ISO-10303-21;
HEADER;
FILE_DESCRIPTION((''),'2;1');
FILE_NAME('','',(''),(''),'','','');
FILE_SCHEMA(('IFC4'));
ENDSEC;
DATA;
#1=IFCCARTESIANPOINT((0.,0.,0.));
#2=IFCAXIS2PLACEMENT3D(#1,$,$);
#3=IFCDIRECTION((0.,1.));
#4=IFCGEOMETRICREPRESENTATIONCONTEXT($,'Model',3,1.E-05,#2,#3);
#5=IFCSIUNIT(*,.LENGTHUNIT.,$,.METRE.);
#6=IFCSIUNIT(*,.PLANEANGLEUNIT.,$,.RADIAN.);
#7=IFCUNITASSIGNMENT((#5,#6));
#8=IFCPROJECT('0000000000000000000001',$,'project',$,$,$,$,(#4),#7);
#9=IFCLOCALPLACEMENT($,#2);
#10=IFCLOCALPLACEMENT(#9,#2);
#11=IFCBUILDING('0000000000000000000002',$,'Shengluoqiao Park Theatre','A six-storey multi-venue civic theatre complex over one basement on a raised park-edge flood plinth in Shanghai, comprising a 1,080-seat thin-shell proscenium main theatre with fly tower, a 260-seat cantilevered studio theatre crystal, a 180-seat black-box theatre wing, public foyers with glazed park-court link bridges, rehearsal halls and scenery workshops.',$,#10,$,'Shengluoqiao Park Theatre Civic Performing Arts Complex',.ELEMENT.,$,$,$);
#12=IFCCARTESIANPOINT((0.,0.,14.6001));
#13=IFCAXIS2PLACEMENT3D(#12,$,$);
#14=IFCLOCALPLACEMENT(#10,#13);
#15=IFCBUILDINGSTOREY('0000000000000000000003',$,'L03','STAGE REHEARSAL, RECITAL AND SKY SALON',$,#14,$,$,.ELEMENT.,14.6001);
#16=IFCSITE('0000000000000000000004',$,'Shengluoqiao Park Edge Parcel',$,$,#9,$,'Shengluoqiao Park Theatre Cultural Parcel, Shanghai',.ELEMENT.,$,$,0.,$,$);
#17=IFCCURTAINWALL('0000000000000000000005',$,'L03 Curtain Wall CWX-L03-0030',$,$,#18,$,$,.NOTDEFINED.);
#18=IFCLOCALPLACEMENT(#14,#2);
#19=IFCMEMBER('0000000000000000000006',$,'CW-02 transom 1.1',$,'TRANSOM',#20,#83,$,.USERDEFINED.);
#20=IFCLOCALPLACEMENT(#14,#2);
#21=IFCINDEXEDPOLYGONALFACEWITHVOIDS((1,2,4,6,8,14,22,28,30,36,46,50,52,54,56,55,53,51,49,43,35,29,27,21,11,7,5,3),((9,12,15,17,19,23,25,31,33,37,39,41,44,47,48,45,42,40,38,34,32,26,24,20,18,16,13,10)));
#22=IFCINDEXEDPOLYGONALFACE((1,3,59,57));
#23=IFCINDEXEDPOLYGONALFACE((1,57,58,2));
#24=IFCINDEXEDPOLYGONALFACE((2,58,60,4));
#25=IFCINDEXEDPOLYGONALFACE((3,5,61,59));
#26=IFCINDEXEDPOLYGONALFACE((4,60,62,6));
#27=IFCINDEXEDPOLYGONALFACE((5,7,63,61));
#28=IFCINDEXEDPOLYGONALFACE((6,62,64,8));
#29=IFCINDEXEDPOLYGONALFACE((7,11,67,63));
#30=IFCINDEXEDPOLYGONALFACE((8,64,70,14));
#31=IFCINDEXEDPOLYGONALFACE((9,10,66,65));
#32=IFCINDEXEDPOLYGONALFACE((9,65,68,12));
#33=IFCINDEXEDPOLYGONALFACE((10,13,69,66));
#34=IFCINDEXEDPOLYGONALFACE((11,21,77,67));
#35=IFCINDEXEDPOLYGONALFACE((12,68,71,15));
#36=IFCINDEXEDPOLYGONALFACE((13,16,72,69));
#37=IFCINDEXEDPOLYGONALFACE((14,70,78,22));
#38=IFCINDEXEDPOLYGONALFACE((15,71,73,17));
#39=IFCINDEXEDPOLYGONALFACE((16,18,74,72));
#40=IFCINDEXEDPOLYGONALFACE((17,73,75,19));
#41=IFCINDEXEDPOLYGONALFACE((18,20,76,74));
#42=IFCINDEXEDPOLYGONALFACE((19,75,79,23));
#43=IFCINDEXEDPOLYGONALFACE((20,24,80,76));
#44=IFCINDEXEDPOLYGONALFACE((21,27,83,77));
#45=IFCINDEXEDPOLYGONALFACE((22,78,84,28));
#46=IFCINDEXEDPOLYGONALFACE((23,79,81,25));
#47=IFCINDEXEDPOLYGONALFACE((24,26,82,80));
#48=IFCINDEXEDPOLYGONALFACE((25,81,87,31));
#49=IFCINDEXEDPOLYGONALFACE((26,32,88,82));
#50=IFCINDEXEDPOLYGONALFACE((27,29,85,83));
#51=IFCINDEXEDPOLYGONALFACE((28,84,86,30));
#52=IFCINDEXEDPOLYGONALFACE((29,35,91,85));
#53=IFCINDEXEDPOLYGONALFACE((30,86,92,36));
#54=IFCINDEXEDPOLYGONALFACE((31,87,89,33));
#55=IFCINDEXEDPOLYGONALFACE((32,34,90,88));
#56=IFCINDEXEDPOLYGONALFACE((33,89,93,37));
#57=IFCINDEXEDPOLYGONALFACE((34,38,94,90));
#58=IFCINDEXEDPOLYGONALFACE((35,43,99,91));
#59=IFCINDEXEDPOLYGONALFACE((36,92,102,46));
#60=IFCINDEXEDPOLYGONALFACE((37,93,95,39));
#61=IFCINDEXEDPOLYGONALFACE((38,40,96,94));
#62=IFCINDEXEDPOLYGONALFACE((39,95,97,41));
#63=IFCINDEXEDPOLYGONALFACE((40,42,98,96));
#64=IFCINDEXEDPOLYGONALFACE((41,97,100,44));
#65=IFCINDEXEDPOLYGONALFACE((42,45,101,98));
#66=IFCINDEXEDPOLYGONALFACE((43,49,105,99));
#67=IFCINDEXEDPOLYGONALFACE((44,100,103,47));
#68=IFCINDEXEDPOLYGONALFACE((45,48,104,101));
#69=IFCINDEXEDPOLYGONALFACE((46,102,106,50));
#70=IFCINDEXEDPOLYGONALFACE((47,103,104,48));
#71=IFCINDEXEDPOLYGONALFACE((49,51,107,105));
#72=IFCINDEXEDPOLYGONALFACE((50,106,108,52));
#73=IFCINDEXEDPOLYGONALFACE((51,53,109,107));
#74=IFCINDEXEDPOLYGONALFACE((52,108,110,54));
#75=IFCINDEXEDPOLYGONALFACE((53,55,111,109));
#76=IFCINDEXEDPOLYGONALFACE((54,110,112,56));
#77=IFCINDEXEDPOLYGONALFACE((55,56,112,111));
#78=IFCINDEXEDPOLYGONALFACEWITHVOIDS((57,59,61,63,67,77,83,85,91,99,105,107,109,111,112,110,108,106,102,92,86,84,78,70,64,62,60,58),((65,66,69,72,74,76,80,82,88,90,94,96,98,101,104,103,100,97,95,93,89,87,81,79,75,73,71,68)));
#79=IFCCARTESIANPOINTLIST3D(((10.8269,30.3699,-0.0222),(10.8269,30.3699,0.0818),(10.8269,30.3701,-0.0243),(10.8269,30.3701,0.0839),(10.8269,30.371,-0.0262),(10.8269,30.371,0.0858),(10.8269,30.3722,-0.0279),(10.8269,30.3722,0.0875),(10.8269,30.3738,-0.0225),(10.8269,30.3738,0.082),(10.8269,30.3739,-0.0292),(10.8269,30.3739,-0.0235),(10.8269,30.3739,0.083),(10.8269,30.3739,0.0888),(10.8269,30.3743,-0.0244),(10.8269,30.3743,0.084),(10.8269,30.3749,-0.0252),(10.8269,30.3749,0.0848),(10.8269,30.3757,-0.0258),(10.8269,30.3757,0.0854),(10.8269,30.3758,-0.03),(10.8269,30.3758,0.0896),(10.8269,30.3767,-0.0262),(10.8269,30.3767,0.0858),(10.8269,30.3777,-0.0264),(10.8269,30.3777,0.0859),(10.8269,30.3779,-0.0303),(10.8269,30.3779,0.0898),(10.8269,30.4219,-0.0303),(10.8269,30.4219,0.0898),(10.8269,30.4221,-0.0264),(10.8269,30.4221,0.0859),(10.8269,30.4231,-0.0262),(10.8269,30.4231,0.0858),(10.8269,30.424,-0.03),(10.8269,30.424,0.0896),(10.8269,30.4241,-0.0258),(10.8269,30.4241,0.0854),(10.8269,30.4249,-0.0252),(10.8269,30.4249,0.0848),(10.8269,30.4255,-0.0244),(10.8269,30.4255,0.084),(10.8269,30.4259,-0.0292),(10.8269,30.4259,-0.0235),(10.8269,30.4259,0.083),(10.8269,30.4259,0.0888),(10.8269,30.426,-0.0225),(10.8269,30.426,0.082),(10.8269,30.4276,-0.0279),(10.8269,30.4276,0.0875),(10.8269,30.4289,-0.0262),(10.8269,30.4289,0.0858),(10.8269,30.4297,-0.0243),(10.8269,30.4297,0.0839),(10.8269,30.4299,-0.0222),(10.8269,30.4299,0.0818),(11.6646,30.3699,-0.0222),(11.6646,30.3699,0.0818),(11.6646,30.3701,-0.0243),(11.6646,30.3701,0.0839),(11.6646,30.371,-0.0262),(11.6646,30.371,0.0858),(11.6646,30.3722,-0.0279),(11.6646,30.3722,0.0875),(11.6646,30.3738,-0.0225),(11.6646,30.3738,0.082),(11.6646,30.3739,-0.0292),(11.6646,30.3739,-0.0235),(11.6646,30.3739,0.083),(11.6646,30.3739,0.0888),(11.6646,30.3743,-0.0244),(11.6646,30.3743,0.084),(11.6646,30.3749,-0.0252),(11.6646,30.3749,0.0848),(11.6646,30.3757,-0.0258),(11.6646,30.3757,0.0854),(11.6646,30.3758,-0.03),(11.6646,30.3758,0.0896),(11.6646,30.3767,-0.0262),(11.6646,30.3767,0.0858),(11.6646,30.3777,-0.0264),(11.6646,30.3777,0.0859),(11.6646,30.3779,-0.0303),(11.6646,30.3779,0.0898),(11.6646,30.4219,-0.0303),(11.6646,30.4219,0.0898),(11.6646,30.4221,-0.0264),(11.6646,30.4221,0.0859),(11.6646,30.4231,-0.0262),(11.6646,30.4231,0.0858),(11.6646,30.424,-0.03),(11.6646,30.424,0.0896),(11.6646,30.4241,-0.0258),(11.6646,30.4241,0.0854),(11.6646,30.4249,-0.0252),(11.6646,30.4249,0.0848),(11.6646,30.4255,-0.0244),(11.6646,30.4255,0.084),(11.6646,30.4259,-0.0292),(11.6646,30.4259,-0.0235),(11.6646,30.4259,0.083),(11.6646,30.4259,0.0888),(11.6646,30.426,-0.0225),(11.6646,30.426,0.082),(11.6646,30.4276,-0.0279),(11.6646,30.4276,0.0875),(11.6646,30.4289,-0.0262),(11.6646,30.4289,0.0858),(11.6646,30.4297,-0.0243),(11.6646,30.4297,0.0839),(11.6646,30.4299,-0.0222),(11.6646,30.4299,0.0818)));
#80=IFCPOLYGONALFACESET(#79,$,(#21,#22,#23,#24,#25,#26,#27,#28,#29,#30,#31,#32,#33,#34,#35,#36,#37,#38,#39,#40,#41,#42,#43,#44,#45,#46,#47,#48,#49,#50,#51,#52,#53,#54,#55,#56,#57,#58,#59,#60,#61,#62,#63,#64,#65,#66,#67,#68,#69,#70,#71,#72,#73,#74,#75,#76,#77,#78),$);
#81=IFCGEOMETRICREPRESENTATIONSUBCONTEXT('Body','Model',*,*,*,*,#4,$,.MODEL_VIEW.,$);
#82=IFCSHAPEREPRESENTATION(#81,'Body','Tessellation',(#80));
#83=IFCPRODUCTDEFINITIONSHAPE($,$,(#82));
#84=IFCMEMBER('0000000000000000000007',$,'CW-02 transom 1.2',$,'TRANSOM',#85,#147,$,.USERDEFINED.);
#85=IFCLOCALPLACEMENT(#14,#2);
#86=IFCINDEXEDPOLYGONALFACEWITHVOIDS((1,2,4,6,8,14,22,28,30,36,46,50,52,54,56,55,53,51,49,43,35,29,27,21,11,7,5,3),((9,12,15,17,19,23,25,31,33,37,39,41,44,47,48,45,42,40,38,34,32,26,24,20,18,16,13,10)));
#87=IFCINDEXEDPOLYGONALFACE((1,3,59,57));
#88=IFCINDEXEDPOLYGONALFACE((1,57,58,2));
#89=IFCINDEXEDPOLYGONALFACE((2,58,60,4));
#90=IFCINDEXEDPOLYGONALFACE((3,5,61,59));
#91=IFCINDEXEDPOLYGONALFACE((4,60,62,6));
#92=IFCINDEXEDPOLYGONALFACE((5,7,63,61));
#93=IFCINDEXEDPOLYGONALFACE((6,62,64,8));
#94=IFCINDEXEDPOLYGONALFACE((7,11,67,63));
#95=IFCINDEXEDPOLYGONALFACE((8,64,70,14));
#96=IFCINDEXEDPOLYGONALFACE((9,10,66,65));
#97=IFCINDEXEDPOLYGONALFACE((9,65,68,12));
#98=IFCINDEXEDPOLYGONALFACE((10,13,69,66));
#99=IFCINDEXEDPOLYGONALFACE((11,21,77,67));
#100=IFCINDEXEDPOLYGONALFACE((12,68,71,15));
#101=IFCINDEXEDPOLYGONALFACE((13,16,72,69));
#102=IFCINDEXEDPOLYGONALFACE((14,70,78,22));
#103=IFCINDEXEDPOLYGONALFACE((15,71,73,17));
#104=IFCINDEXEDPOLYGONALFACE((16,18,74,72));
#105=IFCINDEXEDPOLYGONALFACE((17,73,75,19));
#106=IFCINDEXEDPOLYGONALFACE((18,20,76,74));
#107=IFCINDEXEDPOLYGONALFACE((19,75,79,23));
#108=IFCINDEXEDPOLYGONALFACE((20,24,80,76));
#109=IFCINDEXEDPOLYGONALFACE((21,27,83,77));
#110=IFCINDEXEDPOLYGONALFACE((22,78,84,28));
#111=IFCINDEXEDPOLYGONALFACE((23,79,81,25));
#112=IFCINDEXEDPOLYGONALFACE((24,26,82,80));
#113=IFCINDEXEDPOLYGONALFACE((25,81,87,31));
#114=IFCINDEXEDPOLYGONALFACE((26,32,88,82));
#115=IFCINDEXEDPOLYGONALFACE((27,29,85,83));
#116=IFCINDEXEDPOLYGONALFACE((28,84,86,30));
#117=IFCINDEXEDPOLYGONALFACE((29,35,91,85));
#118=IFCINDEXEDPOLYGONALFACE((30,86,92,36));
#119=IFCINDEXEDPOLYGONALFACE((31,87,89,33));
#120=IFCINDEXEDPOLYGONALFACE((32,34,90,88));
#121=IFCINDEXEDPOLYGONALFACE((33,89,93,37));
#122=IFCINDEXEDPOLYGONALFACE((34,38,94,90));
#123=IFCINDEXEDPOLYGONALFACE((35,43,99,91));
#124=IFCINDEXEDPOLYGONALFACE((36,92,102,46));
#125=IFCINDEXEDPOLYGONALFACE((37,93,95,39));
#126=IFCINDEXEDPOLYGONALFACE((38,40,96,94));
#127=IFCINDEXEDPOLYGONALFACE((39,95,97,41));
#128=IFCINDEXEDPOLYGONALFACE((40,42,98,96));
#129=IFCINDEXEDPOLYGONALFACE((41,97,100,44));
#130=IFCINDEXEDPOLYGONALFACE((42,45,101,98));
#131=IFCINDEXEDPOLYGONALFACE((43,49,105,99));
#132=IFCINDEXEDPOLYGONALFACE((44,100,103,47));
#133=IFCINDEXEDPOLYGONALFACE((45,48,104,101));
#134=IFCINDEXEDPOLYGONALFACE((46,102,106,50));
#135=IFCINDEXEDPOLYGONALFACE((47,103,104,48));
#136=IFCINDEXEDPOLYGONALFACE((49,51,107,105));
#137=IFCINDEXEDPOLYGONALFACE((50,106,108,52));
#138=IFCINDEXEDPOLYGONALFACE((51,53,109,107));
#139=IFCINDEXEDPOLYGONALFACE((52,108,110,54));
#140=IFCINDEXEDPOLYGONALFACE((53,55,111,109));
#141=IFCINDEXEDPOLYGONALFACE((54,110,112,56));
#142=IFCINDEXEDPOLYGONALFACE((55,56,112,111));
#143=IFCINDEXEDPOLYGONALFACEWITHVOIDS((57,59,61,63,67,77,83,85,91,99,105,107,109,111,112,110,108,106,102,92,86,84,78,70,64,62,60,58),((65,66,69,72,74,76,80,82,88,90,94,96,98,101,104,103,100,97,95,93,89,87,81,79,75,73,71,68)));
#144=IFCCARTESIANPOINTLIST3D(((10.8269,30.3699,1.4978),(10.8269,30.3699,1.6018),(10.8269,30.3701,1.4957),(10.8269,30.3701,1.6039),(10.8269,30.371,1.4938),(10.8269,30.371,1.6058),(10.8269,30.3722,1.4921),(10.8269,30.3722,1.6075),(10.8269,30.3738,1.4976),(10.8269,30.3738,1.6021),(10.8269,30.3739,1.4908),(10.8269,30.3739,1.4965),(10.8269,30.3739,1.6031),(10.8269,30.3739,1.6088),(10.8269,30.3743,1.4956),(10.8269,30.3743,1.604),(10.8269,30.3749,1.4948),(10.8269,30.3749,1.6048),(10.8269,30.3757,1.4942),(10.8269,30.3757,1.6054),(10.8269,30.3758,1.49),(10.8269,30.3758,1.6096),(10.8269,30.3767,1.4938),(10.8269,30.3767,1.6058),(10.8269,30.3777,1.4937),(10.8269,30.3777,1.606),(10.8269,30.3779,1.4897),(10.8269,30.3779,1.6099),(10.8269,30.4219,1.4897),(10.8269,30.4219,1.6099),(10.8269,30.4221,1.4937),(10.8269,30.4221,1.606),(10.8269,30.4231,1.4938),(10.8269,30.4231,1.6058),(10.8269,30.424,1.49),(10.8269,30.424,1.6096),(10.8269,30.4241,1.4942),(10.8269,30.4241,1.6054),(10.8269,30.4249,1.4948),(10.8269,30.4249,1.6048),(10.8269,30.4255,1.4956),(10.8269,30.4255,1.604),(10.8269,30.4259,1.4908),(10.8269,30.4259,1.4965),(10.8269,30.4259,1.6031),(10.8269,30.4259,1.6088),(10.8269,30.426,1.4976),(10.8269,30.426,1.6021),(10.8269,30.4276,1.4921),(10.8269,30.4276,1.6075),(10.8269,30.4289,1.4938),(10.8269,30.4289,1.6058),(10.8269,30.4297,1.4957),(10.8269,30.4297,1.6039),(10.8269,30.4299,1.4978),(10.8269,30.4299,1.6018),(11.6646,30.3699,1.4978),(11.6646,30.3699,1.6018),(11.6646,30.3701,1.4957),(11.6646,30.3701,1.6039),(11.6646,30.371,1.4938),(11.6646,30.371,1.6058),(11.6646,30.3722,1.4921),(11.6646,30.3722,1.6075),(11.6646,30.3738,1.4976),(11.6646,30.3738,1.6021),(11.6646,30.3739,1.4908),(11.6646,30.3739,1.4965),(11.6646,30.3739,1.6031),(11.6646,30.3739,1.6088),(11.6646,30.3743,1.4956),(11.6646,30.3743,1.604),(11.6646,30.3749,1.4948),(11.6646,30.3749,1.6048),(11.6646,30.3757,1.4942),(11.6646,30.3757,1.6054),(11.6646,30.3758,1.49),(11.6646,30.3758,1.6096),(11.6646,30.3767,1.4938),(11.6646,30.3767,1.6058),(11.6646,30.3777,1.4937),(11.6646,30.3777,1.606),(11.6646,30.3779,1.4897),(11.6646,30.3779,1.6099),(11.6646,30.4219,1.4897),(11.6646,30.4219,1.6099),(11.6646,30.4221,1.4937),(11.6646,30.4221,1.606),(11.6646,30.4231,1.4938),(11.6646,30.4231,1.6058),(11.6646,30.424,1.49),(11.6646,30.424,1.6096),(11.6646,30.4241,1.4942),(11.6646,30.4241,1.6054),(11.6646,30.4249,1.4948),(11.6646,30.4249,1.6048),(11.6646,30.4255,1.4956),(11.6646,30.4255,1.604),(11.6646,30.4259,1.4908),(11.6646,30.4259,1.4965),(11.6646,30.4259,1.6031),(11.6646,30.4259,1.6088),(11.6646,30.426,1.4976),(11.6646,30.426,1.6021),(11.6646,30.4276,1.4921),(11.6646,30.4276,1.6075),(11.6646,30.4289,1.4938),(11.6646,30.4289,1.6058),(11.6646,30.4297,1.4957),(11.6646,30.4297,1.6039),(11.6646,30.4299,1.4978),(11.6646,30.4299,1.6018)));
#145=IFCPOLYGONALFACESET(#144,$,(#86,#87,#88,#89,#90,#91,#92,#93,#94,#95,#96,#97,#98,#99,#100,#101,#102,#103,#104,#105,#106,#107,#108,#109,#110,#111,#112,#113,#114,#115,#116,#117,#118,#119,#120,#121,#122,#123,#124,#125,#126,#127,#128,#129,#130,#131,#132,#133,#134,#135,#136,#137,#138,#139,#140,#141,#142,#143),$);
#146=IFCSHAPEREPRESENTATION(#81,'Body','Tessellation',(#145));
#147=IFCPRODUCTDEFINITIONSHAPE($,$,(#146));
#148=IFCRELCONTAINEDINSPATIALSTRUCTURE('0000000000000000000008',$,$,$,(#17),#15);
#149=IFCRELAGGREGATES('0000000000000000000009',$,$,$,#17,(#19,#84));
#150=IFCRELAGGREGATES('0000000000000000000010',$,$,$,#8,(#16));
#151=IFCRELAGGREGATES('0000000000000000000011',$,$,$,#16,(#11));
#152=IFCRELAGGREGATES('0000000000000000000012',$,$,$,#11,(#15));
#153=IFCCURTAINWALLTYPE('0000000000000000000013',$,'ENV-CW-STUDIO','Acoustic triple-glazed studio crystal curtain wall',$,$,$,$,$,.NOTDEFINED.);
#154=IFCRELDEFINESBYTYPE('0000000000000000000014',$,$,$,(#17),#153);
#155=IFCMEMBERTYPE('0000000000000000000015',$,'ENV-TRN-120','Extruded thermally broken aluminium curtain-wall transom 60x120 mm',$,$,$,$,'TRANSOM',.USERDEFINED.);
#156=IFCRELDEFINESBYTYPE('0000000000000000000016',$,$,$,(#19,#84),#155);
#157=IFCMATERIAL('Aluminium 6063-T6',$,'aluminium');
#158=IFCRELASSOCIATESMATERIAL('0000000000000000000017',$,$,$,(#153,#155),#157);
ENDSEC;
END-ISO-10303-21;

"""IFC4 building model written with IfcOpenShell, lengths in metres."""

from ifc_helpers import new_model, si_unit, direction, frame, origin, origin_2d, place, context, subcontext, project, spatial, hollow_rectangle, extrude, material, material_profile, profile_set, type_object, element, aggregate, save


model = new_model("IFC4")

# Units and contexts
model_context = context("Model", 3, precision=1e-05, world=origin(), true_north=direction((0.0, 1.0)))
body_context = subcontext(model_context, "Body", "Model", "MODEL_VIEW")
ifc_project = project(units=[si_unit("LENGTHUNIT", "METRE"), si_unit("PLANEANGLEUNIT", "RADIAN")], contexts=[model_context])

# Site, building, storey
site_placement = place(None, origin())
site = spatial("IfcSite", under=ifc_project, at=site_placement, Name="Shengluoqiao Park Edge Parcel", LongName="Shengluoqiao Park Theatre Cultural Parcel, Shanghai", CompositionType="ELEMENT", RefElevation=0.0)
building_placement = place(site_placement, origin())
building = spatial("IfcBuilding", under=site, at=building_placement, Name="Shengluoqiao Park Theatre", Description="A six-storey multi-venue civic theatre complex over one basement on a raised park-edge flood plinth in Shanghai, comprising a 1,080-seat thin-shell proscenium main theatre with fly tower, a 260-seat cantilevered studio theatre crystal, a 180-seat black-box theatre wing, public foyers with glazed park-court link bridges, rehearsal halls and scenery workshops.", LongName="Shengluoqiao Park Theatre Civic Performing Arts Complex", CompositionType="ELEMENT")
storey_placement = place(building_placement, frame((0.0, 0.0, 14.6001)))
storey = spatial("IfcBuildingStorey", under=building, at=storey_placement, Name="L03", Description="STAGE REHEARSAL, RECITAL AND SKY SALON", CompositionType="ELEMENT", Elevation=14.6001)

# Curtain wall, members
ifc_material_1 = material(Name="Aluminium 6063-T6", Category="aluminium")
curtain_wall_type = type_object("IfcCurtainWallType", Name="ENV-CW-STUDIO", Description="Acoustic triple-glazed studio crystal curtain wall", PredefinedType="NOTDEFINED", material=ifc_material_1)
curtain_wall_placement = place(storey_placement, origin())
curtain_wall = element("IfcCurtainWall", 1, at=curtain_wall_placement, inside=storey, type_object=curtain_wall_type, Name="L03 Curtain Wall CWX-L03-0030", PredefinedType="NOTDEFINED")
ifc_material_profile_1 = material_profile(ifc_material_1, hollow_rectangle(XDim=0.0601, YDim=0.1201, WallThickness=0.0039, InnerFilletRadius=0.0039, OuterFilletRadius=0.0081, at=origin_2d()), Name="ALU TRANSOM 120x60x4")
ifc_profile_set_1 = profile_set([ifc_material_profile_1], Name="Aluminium 6063-T6")
member_type_1 = type_object("IfcMemberType", Name="ENV-TRN-120", Description="Extruded thermally broken aluminium curtain-wall transom 60x120 mm", ElementType="TRANSOM", PredefinedType="USERDEFINED", material=ifc_profile_set_1)
member_1_placement = place(storey_placement, frame((10.8269, 30.3999, 0.0298), z_axis=(1.0, 0.0, 0.0), x_axis=(0.0, 1.0, 0.0)))
member_1 = element("IfcMember", 2, at=member_1_placement, type_object=member_type_1, Name="CW-02 transom 1.1", ObjectType="TRANSOM", PredefinedType="USERDEFINED", context=body_context, shape_type="SweptSolid", body=[
    extrude(hollow_rectangle(XDim=0.0601, YDim=0.1201, WallThickness=0.0039, InnerFilletRadius=0.0039, OuterFilletRadius=0.0081, at=origin_2d()), origin(), (0.0, 0.0, 1.0), 0.8376),
])
member_2_placement = place(storey_placement, frame((10.8269, 30.3999, 1.5498), z_axis=(1.0, 0.0, 0.0), x_axis=(0.0, 1.0, 0.0)))
member_2 = element("IfcMember", 3, at=member_2_placement, type_object=member_type_1, Name="CW-02 transom 1.2", ObjectType="TRANSOM", PredefinedType="USERDEFINED", context=body_context, shape_type="SweptSolid", body=[
    extrude(hollow_rectangle(XDim=0.0601, YDim=0.1201, WallThickness=0.0039, InnerFilletRadius=0.0039, OuterFilletRadius=0.0081, at=origin_2d()), origin(), (0.0, 0.0, 1.0), 0.8376),
])

aggregate(curtain_wall, [member_1, member_2])

save(model, "model.ifc")
